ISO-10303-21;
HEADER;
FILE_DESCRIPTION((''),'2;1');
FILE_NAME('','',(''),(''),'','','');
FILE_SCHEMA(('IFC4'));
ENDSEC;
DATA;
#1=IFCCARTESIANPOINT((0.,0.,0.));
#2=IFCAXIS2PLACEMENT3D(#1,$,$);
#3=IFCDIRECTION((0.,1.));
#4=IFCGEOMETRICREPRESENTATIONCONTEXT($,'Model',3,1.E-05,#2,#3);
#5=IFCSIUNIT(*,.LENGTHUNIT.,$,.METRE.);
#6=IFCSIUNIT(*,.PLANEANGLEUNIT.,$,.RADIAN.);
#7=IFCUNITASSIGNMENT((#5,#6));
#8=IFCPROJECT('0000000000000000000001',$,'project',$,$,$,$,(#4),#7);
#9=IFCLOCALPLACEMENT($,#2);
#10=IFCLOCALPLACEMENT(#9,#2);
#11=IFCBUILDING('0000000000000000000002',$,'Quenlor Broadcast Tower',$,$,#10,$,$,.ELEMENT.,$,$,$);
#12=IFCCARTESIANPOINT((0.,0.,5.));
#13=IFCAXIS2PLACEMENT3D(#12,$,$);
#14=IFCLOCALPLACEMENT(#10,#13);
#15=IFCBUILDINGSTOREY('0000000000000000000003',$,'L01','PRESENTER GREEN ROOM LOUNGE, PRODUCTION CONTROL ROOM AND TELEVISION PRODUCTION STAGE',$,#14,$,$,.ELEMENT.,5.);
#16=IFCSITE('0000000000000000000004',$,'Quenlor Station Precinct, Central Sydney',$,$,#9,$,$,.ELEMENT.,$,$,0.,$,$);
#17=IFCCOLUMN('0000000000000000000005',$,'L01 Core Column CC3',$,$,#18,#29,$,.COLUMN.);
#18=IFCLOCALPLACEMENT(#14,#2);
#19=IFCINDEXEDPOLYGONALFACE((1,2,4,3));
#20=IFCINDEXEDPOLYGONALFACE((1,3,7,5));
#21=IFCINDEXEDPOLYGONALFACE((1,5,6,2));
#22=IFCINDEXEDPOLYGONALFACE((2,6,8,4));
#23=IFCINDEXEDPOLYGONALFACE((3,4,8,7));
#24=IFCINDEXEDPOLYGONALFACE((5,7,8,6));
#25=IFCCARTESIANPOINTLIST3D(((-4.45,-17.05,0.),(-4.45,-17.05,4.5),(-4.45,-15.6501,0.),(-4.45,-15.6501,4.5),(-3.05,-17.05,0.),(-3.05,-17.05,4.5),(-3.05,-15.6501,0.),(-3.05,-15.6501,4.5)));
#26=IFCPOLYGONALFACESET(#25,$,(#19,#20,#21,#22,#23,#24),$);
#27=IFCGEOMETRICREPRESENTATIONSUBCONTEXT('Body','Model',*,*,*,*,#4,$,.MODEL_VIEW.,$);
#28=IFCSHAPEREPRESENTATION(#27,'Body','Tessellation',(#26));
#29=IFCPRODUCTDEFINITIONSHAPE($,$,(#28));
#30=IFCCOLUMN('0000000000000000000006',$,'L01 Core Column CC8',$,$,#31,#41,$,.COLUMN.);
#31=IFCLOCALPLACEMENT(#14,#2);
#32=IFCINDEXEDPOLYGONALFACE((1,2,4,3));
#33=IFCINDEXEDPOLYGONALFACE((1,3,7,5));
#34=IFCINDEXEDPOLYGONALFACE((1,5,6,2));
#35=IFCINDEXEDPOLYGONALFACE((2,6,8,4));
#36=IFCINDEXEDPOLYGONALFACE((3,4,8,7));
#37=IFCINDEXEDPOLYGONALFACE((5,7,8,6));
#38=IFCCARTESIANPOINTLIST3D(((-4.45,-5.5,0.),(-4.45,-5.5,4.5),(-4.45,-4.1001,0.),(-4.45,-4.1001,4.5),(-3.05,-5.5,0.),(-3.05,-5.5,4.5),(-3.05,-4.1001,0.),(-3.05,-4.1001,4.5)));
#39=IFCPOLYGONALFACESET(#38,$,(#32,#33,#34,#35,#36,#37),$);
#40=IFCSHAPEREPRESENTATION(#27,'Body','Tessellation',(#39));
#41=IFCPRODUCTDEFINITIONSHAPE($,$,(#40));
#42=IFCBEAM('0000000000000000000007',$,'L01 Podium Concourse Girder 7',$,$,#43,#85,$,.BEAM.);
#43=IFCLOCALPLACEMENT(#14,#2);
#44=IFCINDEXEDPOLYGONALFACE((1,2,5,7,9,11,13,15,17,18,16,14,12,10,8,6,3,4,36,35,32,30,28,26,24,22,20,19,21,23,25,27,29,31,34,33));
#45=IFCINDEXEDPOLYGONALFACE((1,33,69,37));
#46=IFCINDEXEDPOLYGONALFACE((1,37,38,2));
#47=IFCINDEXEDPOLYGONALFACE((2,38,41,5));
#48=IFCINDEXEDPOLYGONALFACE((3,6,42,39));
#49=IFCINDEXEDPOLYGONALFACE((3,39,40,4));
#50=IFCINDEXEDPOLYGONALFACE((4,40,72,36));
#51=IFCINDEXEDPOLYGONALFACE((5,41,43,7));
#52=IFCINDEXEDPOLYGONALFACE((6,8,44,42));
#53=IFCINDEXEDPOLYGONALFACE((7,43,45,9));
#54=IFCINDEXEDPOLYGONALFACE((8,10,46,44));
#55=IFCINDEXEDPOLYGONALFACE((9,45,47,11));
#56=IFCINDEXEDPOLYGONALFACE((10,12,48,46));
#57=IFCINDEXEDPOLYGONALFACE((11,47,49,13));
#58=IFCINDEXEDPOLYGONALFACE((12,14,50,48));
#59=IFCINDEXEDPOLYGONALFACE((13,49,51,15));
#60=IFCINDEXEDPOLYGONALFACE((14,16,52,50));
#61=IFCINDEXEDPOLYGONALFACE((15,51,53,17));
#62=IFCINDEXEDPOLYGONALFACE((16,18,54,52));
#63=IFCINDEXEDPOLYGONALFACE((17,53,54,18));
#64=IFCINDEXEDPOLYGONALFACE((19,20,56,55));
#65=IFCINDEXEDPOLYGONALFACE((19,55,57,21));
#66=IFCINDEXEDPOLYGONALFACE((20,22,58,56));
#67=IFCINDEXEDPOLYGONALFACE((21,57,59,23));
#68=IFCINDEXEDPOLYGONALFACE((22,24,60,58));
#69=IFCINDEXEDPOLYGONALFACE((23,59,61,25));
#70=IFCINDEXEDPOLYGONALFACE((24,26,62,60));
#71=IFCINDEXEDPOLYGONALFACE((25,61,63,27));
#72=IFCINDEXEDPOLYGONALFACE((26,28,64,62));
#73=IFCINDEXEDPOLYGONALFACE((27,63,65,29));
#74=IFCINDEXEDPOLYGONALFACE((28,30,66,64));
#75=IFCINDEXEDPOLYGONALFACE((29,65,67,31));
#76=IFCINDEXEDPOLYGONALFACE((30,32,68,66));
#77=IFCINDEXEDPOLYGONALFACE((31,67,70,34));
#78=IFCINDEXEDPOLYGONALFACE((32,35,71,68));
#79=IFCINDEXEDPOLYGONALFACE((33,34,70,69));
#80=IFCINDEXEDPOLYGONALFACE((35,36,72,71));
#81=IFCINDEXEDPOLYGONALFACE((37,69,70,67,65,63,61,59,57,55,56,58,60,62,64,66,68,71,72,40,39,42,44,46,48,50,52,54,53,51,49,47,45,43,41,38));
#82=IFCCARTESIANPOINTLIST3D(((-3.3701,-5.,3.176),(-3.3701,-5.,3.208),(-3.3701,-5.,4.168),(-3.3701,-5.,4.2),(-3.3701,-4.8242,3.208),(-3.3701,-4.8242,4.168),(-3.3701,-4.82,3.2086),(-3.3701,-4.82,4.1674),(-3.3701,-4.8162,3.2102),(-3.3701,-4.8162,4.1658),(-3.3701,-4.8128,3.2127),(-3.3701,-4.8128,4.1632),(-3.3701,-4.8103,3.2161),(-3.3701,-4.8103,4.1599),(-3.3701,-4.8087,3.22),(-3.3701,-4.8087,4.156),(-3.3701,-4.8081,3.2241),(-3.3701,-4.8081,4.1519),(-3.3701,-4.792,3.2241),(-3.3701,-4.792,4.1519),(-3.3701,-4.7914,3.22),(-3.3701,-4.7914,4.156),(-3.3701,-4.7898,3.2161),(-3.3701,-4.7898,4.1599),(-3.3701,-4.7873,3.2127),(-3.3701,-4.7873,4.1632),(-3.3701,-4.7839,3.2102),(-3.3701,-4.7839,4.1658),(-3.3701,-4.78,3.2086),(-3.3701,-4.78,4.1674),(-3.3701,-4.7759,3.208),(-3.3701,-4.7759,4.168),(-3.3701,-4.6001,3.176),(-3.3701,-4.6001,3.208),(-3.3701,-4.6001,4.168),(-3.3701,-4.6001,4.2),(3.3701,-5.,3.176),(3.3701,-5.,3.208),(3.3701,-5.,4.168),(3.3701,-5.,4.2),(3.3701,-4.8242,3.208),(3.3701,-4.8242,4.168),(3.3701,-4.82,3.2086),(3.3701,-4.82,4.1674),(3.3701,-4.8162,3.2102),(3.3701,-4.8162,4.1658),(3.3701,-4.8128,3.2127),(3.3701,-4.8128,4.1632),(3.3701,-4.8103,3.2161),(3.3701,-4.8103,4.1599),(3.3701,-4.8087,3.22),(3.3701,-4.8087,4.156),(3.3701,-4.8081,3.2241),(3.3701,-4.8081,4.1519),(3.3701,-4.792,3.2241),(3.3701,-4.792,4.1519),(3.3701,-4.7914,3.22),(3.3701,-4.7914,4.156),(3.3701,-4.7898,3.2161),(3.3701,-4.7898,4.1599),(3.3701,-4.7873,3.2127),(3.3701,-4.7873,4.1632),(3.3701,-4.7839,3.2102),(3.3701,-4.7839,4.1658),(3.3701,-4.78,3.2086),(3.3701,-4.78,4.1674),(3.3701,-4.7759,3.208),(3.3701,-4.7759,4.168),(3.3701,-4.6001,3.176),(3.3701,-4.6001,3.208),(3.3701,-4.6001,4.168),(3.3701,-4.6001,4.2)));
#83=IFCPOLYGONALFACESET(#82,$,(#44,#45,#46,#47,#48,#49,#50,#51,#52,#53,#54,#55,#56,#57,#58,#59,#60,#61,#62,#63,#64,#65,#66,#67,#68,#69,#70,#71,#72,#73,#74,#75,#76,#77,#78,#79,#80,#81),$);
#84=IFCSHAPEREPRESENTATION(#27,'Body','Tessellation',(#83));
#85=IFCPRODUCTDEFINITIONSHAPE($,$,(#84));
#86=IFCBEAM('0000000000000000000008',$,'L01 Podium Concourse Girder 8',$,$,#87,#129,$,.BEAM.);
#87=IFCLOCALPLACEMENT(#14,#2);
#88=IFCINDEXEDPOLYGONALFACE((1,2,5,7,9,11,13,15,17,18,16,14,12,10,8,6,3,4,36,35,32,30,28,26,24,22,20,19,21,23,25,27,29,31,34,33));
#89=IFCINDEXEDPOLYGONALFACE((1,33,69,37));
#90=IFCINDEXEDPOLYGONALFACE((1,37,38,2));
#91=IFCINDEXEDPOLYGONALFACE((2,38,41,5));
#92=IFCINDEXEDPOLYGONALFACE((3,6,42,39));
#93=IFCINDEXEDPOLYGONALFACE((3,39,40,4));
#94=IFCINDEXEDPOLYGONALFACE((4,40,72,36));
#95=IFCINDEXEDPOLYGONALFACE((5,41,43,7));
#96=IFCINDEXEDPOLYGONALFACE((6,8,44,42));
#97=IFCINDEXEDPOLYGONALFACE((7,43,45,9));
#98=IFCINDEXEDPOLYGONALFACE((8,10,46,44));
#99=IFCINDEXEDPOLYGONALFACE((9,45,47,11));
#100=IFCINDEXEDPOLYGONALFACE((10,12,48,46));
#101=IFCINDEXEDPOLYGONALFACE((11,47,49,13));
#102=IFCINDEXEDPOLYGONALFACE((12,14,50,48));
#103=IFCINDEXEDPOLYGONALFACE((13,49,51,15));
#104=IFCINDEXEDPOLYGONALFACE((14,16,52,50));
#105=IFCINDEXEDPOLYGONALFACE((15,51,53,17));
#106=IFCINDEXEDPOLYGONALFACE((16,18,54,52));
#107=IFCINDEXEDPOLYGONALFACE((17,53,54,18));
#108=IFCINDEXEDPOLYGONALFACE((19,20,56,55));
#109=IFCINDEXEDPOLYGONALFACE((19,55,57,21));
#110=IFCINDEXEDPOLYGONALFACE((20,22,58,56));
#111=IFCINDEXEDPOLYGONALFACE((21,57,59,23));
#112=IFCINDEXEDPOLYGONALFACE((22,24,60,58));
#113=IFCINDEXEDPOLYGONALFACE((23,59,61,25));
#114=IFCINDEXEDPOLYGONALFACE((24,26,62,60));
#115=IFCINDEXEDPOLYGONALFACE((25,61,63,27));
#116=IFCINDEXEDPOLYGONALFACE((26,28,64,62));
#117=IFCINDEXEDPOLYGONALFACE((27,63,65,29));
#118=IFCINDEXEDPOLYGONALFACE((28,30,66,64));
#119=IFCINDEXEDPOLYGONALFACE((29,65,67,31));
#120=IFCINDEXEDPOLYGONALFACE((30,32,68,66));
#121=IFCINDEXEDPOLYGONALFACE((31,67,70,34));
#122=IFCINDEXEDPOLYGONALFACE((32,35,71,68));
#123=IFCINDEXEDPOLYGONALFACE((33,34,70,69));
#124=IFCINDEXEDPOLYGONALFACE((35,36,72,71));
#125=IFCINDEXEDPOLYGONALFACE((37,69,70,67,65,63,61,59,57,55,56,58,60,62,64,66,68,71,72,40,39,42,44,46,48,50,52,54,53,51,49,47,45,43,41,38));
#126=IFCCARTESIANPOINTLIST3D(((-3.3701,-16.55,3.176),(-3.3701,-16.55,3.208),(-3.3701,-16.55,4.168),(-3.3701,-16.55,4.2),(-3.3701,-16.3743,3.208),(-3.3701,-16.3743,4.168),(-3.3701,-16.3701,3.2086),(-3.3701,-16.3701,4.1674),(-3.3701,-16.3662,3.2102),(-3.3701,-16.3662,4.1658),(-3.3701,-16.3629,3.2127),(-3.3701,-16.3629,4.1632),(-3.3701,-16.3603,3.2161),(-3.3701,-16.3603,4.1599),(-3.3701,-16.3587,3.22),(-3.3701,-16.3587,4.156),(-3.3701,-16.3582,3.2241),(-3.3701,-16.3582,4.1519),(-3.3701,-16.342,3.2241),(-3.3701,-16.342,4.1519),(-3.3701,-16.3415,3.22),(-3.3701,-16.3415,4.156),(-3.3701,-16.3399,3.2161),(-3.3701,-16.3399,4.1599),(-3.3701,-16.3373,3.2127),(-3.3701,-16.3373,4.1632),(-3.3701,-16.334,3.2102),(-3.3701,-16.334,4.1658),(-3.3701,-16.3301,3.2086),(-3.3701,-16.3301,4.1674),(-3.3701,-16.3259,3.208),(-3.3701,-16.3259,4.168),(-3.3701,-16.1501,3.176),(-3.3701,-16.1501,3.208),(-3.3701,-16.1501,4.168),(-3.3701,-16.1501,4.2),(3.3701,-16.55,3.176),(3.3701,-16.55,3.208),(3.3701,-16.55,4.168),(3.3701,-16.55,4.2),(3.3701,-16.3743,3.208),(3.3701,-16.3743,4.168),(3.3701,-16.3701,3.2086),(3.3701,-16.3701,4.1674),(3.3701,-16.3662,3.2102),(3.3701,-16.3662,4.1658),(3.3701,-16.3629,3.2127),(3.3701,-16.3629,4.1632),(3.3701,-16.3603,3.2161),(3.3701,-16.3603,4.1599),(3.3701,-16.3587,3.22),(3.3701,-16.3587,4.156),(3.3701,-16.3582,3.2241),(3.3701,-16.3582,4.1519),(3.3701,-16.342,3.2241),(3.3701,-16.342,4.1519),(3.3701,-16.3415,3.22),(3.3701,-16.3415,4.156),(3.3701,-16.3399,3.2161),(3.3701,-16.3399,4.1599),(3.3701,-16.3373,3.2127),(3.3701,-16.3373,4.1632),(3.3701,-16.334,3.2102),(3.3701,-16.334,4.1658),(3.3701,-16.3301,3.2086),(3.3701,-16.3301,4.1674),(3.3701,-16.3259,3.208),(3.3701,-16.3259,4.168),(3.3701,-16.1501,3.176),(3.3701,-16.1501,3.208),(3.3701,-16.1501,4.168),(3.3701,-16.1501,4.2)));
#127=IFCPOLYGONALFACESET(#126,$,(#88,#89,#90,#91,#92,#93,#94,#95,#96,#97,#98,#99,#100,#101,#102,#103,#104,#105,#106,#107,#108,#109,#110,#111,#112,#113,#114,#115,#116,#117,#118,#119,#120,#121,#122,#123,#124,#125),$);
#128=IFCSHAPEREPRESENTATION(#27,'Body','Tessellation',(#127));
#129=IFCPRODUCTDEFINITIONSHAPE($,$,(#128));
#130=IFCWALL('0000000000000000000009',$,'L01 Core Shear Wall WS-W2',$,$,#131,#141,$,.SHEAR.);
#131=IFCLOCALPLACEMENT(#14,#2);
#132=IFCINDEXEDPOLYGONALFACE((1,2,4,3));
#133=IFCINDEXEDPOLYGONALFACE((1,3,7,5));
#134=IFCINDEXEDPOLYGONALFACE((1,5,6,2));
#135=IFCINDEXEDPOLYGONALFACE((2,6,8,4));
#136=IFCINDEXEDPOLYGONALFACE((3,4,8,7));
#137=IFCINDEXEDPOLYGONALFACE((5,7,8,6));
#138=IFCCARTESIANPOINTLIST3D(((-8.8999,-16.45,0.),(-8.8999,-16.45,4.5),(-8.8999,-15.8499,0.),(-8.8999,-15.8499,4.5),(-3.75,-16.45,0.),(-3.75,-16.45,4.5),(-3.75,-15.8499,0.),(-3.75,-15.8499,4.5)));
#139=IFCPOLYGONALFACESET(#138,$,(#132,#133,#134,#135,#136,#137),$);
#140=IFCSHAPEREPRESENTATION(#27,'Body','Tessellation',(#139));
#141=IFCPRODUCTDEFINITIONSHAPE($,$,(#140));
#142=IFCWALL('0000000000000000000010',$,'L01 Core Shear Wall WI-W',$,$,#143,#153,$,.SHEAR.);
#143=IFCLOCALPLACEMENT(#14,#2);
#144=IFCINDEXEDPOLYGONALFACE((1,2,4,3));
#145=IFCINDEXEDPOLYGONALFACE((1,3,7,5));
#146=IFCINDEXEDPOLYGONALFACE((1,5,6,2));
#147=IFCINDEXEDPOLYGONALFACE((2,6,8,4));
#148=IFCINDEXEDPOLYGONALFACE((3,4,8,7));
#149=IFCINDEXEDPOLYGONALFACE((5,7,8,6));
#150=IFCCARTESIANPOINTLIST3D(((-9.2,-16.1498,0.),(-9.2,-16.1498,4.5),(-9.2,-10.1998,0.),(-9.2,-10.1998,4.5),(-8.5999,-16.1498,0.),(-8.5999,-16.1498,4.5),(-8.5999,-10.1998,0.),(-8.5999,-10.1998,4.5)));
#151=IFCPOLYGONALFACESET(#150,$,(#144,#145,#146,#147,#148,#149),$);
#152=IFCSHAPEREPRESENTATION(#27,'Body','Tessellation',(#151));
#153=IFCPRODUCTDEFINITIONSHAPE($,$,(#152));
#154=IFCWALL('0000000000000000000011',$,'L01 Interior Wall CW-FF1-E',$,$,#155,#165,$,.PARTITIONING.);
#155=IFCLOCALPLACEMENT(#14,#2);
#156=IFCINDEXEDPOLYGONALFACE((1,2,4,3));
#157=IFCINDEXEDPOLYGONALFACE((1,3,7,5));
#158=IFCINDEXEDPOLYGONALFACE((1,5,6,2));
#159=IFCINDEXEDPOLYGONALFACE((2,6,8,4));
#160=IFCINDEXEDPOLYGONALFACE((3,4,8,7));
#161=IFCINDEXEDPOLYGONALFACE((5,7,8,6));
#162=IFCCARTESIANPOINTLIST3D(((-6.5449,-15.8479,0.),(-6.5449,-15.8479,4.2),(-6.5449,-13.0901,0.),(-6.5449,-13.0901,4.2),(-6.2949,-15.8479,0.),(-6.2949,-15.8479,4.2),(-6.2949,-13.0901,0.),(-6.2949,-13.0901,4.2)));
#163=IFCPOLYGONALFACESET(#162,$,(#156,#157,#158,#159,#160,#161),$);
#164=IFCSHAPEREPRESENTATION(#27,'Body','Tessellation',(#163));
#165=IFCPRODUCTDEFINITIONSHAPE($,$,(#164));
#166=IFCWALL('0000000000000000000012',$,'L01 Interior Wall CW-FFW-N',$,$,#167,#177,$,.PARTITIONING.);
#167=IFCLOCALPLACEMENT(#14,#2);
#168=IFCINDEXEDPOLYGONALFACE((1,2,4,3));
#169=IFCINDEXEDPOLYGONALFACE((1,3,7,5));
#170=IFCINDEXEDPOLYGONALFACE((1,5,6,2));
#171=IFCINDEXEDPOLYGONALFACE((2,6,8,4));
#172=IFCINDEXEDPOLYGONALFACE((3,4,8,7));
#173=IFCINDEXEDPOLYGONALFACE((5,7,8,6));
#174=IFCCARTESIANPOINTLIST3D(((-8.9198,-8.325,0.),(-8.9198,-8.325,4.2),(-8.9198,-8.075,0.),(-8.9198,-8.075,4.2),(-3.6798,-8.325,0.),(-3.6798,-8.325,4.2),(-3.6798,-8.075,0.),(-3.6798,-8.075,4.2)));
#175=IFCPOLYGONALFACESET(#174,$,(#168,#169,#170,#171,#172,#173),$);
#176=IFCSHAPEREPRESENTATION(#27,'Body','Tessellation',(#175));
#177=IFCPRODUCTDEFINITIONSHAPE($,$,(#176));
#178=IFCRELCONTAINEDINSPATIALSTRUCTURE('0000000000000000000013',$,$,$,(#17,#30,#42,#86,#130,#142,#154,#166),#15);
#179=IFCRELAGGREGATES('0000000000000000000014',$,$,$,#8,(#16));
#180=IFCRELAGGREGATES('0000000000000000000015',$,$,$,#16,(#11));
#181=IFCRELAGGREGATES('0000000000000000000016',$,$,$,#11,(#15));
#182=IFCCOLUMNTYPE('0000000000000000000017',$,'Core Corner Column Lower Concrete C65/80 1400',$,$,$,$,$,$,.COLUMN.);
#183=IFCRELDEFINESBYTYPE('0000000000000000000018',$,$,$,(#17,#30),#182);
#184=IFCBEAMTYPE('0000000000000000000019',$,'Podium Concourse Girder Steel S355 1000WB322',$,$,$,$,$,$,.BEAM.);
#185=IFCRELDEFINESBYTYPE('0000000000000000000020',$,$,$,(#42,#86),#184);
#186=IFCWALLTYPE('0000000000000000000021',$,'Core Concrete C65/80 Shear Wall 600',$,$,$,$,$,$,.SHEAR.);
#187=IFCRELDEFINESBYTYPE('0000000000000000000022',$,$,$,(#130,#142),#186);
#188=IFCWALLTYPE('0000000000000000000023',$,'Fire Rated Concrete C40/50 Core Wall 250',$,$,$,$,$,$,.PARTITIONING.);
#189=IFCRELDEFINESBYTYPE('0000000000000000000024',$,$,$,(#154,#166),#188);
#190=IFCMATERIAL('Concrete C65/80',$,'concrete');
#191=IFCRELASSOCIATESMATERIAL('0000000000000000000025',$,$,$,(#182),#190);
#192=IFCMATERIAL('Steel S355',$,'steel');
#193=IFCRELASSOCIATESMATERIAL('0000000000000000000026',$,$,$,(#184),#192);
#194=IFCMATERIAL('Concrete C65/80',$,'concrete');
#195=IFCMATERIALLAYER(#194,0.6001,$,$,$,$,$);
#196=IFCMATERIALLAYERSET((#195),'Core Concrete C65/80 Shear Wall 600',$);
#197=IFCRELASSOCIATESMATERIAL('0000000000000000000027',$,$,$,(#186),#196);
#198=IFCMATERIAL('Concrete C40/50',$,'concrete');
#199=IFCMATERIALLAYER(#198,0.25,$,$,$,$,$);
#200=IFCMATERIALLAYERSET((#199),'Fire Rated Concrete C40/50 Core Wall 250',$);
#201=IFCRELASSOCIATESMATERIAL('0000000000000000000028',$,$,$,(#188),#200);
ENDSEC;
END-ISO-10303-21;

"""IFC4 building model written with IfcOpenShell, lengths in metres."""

from ifc_helpers import new_model, si_unit, direction, frame, frame_2d, origin, origin_2d, place, context, subcontext, project, spatial, rectangle, i_section, extrude, material, layer, layer_set, material_profile, profile_set, type_object, element, save


model = new_model("IFC4")

# Units and contexts
model_context = context("Model", 3, precision=1e-05, world=origin(), true_north=direction((0.0, 1.0)))
body_context = subcontext(model_context, "Body", "Model", "MODEL_VIEW")
ifc_project = project(units=[si_unit("LENGTHUNIT", "METRE"), si_unit("PLANEANGLEUNIT", "RADIAN")], contexts=[model_context])

# Site, building, storey
site_placement = place(None, origin())
site = spatial("IfcSite", under=ifc_project, at=site_placement, Name="Quenlor Station Precinct, Central Sydney", CompositionType="ELEMENT", RefElevation=0.0)
building_placement = place(site_placement, origin())
building = spatial("IfcBuilding", under=site, at=building_placement, Name="Quenlor Broadcast Tower", CompositionType="ELEMENT")
storey_placement = place(building_placement, frame((0.0, 0.0, 5.0)))
storey = spatial("IfcBuildingStorey", under=building, at=storey_placement, Name="L01", Description="PRESENTER GREEN ROOM LOUNGE, PRODUCTION CONTROL ROOM AND TELEVISION PRODUCTION STAGE", CompositionType="ELEMENT", Elevation=5.0)

# Columns
ifc_material_1 = material(Name="Concrete C65/80", Category="concrete")
ifc_material_profile_1 = material_profile(ifc_material_1, rectangle(XDim=1.3999, YDim=1.3999, at=origin_2d()))
ifc_profile_set_1 = profile_set([ifc_material_profile_1], Name="Concrete C65/80 RC1400x1400")
column_type = type_object("IfcColumnType", Name="Core Corner Column Lower Concrete C65/80 1400", PredefinedType="COLUMN", material=ifc_profile_set_1)
for number, where, z_axis, x_axis, name in (
    (1, (-3.75, -16.3501, 0.0), (0.0, 0.0, 1.0), (1.0, 0.0, 0.0), "L01 Core Column CC3"),
    (2, (-3.75, -4.8, 0.0), (0.0, 0.0, 1.0), (1.0, 0.0, 0.0), "L01 Core Column CC8"),
):
    element("IfcColumn", number, at=place(storey_placement, frame(where, z_axis=z_axis, x_axis=x_axis)), inside=storey, type_object=column_type, Name=name, PredefinedType="COLUMN", context=body_context, shape_type="SweptSolid", body=[
        extrude(rectangle(XDim=1.3999, YDim=1.3999, at=origin_2d()), origin(), (0.0, 0.0, 1.0), 4.5),
    ])

# Beams
ifc_material_2 = material(Name="Steel S355", Category="steel")
ifc_material_profile_2 = material_profile(ifc_material_2, i_section(OverallWidth=0.3999, OverallDepth=1.0239, WebThickness=0.0161, FlangeThickness=0.032, FilletRadius=0.0161, at=origin_2d()))
ifc_profile_set_2 = profile_set([ifc_material_profile_2], Name="Steel S355 1000WB322")
beam_type = type_object("IfcBeamType", Name="Podium Concourse Girder Steel S355 1000WB322", PredefinedType="BEAM", material=ifc_profile_set_2)
for number, where, z_axis, x_axis, name in (
    (3, (-3.3701, -4.8, 3.688), (1.0, 0.0, 0.0), (0.0, 1.0, 0.0), "L01 Podium Concourse Girder 7"),
    (4, (-3.3701, -16.3501, 3.688), (1.0, 0.0, 0.0), (0.0, 1.0, 0.0), "L01 Podium Concourse Girder 8"),
):
    element("IfcBeam", number, at=place(storey_placement, frame(where, z_axis=z_axis, x_axis=x_axis)), inside=storey, type_object=beam_type, Name=name, PredefinedType="BEAM", context=body_context, shape_type="SweptSolid", body=[
        extrude(i_section(OverallWidth=0.3999, OverallDepth=1.0239, WebThickness=0.0161, FlangeThickness=0.032, FilletRadius=0.0161, at=origin_2d()), origin(), (0.0, 0.0, 1.0), 6.7402),
    ])

# Walls
ifc_material_3 = material(Name="Concrete C65/80", Category="concrete")
ifc_layer_1 = layer(ifc_material_3, 0.6001)
ifc_layer_set_1 = layer_set([ifc_layer_1], Name="Core Concrete C65/80 Shear Wall 600")
wall_type_1 = type_object("IfcWallType", Name="Core Concrete C65/80 Shear Wall 600", PredefinedType="SHEAR", material=ifc_layer_set_1)
wall_1_placement = place(storey_placement, frame((-8.8999, -16.1499, 0.0), z_axis=(0.0, 0.0, 1.0), x_axis=(1.0, 0.0, 0.0)))
element("IfcWall", 5, at=wall_1_placement, inside=storey, type_object=wall_type_1, Name="L01 Core Shear Wall WS-W2", PredefinedType="SHEAR", context=body_context, shape_type="SweptSolid", body=[
    extrude(rectangle(XDim=5.1499, YDim=0.6001, at=frame_2d((2.575, 0.0))), origin(), (0.0, 0.0, 1.0), 4.5),
])
wall_2_placement = place(storey_placement, frame((-8.8999, -16.1499, 0.0), z_axis=(0.0, 0.0, 1.0), x_axis=(0.0, 1.0, 0.0)))
element("IfcWall", 6, at=wall_2_placement, inside=storey, type_object=wall_type_1, Name="L01 Core Shear Wall WI-W", PredefinedType="SHEAR", context=body_context, shape_type="SweptSolid", body=[
    extrude(rectangle(XDim=5.95, YDim=0.6001, at=frame_2d((2.9751, 0.0))), origin(), (0.0, 0.0, 1.0), 4.5),
])

# Shared definitions
ifc_material_4 = material(Name="Concrete C40/50", Category="concrete")
ifc_layer_2 = layer(ifc_material_4, 0.25)
ifc_layer_set_2 = layer_set([ifc_layer_2], Name="Fire Rated Concrete C40/50 Core Wall 250")
wall_type_2 = type_object("IfcWallType", Name="Fire Rated Concrete C40/50 Core Wall 250", PredefinedType="PARTITIONING", material=ifc_layer_set_2)

# Walls
wall_3_placement = place(storey_placement, frame((-6.4199, -15.8479, 0.0), z_axis=(0.0, 0.0, 1.0), x_axis=(0.0, 1.0, 0.0)))
element("IfcWall", 7, at=wall_3_placement, inside=storey, type_object=wall_type_2, Name="L01 Interior Wall CW-FF1-E", PredefinedType="PARTITIONING", context=body_context, shape_type="SweptSolid", body=[
    extrude(rectangle(XDim=2.7578, YDim=0.25, at=frame_2d((1.3789, 0.0))), origin(), (0.0, 0.0, 1.0), 4.2),
])
wall_4_placement = place(storey_placement, frame((-8.9199, -8.2, 0.0), z_axis=(0.0, 0.0, 1.0), x_axis=(1.0, 0.0, 0.0)))
element("IfcWall", 8, at=wall_4_placement, inside=storey, type_object=wall_type_2, Name="L01 Interior Wall CW-FFW-N", PredefinedType="PARTITIONING", context=body_context, shape_type="SweptSolid", body=[
    extrude(rectangle(XDim=5.24, YDim=0.25, at=frame_2d((2.6201, 0.0))), origin(), (0.0, 0.0, 1.0), 4.2),
])

save(model, "model.ifc")
